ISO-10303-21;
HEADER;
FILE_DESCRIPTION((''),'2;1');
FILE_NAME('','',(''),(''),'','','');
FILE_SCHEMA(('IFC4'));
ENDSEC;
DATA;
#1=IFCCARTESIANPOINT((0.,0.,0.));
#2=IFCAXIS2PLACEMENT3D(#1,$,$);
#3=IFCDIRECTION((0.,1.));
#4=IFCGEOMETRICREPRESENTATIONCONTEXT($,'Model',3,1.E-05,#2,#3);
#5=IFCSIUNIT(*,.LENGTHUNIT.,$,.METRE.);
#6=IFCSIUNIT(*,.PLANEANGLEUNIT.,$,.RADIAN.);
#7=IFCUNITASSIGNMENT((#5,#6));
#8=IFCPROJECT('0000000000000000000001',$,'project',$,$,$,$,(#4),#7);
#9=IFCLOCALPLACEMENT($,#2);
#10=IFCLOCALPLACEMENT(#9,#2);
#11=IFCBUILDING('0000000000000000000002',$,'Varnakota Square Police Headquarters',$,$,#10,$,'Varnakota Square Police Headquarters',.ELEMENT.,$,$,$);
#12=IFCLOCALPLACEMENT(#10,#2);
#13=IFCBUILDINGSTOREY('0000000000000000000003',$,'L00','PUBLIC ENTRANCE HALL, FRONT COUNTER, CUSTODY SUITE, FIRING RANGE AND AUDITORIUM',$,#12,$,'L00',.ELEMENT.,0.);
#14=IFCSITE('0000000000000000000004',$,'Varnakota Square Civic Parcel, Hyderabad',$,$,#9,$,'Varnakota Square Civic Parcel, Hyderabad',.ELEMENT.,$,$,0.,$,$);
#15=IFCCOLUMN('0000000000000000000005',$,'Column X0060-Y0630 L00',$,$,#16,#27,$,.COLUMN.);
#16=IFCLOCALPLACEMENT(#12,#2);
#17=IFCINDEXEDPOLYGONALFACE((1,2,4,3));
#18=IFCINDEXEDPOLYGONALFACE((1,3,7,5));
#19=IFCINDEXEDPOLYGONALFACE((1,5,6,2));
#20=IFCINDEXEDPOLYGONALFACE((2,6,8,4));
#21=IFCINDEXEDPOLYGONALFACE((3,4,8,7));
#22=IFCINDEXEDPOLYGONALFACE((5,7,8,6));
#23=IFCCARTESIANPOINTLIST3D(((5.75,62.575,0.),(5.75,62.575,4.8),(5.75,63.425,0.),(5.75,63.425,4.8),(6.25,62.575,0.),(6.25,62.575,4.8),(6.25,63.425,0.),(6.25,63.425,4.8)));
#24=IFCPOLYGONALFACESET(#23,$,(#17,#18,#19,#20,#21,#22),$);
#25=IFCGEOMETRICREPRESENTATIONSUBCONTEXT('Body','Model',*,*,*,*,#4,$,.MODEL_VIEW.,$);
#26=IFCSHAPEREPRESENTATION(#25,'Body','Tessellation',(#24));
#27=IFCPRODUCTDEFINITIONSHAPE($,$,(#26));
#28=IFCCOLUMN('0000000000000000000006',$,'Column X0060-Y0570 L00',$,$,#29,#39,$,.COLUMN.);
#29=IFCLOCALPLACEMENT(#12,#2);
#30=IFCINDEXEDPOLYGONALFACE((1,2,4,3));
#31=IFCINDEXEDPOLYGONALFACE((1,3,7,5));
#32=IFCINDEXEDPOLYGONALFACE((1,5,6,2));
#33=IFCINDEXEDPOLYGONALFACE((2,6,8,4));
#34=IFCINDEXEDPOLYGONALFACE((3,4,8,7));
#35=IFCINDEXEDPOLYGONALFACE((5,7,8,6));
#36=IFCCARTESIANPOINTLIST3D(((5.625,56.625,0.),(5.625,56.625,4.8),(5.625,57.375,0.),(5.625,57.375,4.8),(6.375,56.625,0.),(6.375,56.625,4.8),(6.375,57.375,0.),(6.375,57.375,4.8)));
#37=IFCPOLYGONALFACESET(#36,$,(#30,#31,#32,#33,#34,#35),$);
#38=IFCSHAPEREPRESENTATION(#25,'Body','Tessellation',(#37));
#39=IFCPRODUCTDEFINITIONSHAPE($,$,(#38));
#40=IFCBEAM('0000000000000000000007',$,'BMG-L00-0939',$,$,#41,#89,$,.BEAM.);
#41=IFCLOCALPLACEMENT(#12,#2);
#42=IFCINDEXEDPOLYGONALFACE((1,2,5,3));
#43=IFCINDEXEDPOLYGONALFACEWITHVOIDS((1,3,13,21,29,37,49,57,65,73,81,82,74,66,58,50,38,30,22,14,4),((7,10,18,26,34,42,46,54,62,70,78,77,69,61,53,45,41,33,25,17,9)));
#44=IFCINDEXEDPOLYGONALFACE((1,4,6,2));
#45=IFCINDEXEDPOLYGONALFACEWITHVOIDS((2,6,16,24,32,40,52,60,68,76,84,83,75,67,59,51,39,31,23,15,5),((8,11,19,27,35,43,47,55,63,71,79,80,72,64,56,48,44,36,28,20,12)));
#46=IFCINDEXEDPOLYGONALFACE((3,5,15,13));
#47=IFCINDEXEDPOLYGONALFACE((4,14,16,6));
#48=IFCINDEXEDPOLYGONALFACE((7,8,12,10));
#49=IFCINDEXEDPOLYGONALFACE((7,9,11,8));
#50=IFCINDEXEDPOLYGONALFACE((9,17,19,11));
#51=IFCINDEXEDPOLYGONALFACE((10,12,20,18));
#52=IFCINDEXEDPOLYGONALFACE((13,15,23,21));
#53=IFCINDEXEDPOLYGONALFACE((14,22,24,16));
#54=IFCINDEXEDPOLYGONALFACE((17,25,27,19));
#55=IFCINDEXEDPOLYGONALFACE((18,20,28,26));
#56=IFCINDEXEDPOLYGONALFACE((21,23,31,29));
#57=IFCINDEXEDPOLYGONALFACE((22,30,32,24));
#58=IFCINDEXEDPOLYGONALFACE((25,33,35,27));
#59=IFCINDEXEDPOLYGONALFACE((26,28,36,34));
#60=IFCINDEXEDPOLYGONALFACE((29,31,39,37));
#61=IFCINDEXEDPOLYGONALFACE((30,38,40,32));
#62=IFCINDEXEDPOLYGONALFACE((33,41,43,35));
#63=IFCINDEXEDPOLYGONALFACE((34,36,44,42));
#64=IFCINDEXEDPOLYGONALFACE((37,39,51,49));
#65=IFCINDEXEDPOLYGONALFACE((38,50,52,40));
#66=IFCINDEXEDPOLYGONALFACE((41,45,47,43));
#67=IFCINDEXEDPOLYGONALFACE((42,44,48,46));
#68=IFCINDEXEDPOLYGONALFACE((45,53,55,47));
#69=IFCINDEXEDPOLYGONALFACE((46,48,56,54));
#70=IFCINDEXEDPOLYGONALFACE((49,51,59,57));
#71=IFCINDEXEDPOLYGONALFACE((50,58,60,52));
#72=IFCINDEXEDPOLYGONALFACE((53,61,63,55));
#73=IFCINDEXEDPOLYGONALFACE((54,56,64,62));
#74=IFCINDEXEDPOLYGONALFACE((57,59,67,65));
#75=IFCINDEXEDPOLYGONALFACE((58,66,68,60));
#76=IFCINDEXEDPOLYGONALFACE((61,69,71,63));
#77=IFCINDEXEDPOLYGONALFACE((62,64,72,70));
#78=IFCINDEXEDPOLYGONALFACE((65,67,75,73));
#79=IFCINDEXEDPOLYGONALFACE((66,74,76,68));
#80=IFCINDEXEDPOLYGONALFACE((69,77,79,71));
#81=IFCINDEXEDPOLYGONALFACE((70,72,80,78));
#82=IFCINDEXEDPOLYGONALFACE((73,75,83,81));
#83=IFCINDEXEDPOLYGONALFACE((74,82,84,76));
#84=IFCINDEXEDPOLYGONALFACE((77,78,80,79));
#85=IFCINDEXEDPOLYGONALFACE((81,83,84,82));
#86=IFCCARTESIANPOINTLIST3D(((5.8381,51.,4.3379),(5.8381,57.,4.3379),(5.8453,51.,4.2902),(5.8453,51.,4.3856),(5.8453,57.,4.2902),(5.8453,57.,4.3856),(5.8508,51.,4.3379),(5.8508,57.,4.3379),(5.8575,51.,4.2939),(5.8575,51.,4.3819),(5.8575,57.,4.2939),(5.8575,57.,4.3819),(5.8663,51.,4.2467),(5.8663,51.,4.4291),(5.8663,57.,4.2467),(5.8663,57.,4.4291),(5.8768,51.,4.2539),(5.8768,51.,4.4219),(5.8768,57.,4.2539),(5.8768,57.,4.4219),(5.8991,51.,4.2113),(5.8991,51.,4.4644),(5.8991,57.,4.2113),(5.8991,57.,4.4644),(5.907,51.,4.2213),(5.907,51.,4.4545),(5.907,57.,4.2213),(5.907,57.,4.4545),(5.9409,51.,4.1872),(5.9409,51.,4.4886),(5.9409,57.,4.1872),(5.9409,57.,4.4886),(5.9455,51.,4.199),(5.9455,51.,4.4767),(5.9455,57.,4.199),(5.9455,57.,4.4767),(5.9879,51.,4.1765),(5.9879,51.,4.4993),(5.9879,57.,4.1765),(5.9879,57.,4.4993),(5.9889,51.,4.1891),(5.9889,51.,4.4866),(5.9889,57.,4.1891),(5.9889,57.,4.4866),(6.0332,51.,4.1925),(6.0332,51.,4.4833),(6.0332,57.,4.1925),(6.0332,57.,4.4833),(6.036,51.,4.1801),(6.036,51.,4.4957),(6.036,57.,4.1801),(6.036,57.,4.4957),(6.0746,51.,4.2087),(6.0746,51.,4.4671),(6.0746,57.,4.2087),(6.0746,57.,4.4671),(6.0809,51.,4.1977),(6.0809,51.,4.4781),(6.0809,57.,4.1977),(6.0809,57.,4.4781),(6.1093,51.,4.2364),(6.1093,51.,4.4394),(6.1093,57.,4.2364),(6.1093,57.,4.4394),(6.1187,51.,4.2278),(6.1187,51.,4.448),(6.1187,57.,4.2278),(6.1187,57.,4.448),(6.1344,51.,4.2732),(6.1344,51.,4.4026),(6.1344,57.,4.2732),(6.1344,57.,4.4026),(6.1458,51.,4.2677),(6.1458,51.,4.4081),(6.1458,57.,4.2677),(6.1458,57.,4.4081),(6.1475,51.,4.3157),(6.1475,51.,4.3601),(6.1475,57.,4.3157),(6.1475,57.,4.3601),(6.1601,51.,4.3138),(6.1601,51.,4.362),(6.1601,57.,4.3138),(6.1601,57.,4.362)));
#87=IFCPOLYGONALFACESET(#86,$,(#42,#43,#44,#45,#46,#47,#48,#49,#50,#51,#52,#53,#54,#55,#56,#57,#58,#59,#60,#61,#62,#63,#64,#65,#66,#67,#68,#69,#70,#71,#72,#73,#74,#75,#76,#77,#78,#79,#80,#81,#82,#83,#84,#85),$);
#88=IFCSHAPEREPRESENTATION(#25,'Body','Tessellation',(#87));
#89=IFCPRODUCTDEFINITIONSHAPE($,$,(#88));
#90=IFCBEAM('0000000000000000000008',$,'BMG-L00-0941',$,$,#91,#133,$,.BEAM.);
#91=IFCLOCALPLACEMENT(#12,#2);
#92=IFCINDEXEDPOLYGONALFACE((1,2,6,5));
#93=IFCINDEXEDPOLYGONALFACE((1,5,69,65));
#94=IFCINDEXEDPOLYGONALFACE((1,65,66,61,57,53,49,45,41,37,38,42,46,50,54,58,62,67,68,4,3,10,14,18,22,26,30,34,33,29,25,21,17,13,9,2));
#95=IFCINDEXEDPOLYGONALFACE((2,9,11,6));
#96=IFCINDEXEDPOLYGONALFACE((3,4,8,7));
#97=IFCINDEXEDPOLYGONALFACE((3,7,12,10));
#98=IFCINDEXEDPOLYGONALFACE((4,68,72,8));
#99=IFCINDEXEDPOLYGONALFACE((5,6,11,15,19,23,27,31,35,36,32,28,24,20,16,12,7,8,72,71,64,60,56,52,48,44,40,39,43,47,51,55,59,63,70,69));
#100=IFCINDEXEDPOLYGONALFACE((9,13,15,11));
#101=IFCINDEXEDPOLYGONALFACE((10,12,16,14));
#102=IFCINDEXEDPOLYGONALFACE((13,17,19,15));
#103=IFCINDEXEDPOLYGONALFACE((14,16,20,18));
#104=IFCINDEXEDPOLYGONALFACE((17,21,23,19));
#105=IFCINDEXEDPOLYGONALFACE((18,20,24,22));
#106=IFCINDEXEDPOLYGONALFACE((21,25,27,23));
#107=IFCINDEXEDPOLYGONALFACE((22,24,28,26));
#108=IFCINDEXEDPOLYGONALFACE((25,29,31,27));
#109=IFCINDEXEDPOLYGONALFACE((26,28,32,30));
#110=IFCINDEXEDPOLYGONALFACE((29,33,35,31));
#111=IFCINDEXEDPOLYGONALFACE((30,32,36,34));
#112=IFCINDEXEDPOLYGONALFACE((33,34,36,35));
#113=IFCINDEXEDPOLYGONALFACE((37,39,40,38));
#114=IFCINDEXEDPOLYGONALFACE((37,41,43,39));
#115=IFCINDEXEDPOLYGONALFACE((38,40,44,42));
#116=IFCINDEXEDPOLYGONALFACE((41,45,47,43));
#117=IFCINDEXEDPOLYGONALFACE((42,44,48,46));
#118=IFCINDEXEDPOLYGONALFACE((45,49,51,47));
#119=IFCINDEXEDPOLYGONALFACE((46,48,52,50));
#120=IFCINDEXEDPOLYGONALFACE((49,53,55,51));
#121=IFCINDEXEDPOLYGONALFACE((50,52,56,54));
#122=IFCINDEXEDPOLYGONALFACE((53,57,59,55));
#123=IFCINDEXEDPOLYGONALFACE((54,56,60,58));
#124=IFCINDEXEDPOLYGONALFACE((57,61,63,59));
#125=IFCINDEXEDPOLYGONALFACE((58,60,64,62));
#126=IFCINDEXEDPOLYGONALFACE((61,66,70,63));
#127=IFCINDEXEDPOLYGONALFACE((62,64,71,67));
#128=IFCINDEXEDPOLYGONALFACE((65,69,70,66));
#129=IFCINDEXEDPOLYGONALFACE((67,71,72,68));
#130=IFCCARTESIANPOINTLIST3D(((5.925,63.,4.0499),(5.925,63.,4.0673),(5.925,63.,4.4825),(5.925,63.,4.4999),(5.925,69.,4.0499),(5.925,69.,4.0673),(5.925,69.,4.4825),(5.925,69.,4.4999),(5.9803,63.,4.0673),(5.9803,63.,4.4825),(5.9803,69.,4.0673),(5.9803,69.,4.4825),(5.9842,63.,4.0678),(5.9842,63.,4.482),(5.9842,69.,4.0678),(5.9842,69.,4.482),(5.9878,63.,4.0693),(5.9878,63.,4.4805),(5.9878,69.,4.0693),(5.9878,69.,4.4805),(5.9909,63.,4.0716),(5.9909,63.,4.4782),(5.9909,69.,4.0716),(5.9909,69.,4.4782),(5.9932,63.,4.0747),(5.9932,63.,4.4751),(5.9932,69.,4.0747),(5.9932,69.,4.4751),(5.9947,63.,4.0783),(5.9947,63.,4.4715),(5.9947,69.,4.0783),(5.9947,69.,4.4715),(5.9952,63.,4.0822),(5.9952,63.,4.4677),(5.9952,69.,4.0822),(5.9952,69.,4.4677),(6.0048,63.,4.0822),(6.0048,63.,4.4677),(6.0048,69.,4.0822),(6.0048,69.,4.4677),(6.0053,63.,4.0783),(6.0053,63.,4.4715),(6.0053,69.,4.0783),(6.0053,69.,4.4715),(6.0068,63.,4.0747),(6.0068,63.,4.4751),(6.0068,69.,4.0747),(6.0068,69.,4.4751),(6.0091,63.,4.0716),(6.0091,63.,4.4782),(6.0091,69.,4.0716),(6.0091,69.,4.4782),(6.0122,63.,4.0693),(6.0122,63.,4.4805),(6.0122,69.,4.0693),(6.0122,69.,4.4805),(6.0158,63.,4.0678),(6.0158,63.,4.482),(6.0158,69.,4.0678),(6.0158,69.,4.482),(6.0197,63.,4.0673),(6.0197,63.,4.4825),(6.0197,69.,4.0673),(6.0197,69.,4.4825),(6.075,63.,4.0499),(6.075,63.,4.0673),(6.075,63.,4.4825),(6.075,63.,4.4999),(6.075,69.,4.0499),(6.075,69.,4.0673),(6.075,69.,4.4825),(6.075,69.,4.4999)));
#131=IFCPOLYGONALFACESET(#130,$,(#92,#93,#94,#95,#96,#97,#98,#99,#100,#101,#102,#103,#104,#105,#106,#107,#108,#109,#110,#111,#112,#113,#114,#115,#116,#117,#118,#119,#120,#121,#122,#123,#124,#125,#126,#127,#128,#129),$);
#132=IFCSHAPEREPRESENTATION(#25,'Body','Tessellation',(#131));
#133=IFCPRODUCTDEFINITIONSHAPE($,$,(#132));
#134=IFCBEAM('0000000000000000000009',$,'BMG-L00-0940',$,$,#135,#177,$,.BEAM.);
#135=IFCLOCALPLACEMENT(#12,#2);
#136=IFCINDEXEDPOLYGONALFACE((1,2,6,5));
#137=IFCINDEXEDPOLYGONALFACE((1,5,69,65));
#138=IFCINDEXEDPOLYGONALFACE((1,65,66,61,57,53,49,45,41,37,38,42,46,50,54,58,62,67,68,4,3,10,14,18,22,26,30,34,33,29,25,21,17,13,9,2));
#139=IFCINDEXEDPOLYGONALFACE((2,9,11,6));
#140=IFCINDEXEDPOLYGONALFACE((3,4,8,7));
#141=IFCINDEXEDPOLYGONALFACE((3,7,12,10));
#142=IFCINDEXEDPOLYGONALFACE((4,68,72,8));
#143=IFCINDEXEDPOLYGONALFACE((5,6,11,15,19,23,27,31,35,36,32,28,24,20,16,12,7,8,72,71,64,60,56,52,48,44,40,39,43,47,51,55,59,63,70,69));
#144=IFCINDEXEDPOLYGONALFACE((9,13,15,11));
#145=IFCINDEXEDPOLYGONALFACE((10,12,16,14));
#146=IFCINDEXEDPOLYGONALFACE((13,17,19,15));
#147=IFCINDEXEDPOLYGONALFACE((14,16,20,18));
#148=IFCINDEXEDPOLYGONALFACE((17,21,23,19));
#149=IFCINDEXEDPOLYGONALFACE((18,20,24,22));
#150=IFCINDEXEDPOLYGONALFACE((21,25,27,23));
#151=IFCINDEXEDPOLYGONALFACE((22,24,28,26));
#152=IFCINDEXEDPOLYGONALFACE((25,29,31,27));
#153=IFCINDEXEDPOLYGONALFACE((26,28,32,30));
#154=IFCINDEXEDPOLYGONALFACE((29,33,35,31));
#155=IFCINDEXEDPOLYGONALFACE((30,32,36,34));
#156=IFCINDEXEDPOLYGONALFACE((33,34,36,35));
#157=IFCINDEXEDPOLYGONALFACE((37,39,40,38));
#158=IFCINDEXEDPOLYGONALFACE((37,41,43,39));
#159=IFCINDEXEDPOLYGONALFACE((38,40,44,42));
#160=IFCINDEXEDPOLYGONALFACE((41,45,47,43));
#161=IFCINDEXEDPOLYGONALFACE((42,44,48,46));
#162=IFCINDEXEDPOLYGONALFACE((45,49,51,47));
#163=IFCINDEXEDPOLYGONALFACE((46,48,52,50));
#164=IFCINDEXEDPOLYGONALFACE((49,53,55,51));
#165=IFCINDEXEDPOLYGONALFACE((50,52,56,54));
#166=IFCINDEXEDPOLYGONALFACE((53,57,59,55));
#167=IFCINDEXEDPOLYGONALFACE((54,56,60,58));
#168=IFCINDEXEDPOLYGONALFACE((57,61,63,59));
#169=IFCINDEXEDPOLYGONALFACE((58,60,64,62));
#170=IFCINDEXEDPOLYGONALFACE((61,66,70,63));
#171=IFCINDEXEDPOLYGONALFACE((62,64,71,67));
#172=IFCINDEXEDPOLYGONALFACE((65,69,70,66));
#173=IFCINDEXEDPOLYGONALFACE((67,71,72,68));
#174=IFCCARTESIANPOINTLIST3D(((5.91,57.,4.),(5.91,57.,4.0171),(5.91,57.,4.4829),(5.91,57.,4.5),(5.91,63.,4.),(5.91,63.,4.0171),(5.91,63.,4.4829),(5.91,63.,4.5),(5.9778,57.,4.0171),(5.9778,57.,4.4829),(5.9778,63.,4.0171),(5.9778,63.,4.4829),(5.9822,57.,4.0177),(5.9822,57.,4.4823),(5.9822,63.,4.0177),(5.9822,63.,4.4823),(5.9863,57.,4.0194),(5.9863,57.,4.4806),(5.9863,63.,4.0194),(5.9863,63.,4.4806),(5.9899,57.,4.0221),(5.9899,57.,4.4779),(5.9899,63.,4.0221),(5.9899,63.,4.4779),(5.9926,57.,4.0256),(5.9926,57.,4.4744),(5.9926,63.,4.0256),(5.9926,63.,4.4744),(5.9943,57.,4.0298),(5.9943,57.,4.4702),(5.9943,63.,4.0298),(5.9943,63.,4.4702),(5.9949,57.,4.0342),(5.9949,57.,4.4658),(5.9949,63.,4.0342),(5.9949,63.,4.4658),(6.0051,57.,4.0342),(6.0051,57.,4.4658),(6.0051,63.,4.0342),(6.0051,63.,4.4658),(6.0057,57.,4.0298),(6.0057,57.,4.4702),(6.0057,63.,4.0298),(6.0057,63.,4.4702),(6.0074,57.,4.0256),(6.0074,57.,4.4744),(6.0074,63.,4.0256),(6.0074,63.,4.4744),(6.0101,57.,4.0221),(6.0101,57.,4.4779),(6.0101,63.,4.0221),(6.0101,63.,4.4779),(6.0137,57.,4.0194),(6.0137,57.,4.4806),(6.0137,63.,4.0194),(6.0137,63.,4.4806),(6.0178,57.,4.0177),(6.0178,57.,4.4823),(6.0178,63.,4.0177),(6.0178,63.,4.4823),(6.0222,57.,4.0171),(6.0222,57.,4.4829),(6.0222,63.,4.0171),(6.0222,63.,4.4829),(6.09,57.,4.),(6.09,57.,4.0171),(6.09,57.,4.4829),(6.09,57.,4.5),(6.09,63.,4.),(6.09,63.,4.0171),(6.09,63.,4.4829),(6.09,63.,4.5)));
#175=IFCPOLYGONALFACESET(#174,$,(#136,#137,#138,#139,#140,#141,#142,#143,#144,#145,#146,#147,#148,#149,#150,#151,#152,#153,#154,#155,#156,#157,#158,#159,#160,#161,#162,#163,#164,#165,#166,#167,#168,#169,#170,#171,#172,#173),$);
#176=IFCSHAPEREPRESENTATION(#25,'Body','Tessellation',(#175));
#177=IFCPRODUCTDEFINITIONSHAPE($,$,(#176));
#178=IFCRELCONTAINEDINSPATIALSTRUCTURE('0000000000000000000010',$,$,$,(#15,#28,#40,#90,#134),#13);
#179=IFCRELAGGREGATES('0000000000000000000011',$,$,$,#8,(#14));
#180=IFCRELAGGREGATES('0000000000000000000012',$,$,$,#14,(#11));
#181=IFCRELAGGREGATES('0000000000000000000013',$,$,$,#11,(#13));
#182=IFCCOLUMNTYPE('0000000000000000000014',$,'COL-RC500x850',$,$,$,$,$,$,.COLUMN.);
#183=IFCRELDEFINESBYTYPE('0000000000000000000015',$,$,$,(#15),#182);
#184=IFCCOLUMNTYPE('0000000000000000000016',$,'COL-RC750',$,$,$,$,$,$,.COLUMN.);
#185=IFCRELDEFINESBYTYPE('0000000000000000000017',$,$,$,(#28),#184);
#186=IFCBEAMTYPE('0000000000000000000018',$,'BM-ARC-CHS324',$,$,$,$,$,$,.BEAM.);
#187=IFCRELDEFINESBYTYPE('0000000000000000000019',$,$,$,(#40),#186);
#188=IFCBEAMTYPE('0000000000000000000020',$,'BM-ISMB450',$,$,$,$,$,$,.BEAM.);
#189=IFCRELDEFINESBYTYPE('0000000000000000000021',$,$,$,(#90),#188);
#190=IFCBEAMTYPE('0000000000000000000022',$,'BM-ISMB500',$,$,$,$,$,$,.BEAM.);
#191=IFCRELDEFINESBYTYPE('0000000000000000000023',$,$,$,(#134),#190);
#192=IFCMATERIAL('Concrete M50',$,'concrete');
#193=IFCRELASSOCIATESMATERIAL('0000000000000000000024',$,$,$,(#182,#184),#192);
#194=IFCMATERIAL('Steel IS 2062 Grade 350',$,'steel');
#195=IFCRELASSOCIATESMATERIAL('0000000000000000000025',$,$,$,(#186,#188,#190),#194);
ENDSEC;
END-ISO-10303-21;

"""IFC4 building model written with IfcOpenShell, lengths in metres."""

from ifc_helpers import new_model, si_unit, direction, frame, origin, origin_2d, place, context, subcontext, project, spatial, rectangle, hollow_circle, i_section, extrude, material, material_profile, profile_set, type_object, element, save


model = new_model("IFC4")

# Units and contexts
model_context = context("Model", 3, precision=1e-05, world=origin(), true_north=direction((0.0, 1.0)))
body_context = subcontext(model_context, "Body", "Model", "MODEL_VIEW")
ifc_project = project(units=[si_unit("LENGTHUNIT", "METRE"), si_unit("PLANEANGLEUNIT", "RADIAN")], contexts=[model_context])

# Site, building, storey
site_placement = place(None, origin())
site = spatial("IfcSite", under=ifc_project, at=site_placement, Name="Varnakota Square Civic Parcel, Hyderabad", LongName="Varnakota Square Civic Parcel, Hyderabad", CompositionType="ELEMENT", RefElevation=0.0)
building_placement = place(site_placement, origin())
building = spatial("IfcBuilding", under=site, at=building_placement, Name="Varnakota Square Police Headquarters", LongName="Varnakota Square Police Headquarters", CompositionType="ELEMENT")
storey_placement = place(building_placement, origin())
storey = spatial("IfcBuildingStorey", under=building, at=storey_placement, Name="L00", Description="PUBLIC ENTRANCE HALL, FRONT COUNTER, CUSTODY SUITE, FIRING RANGE AND AUDITORIUM", LongName="L00", CompositionType="ELEMENT", Elevation=0.0)

# Columns
ifc_material_1 = material(Name="Concrete M50", Category="concrete")
ifc_material_profile_1 = material_profile(ifc_material_1, rectangle(XDim=0.5, YDim=0.8501, at=origin_2d()), Name="RC 500x850")
ifc_profile_set_1 = profile_set([ifc_material_profile_1], Name="Concrete M50")
column_type_1 = type_object("IfcColumnType", Name="COL-RC500x850", PredefinedType="COLUMN", material=ifc_profile_set_1)
column_1_placement = place(storey_placement, frame((6.0, 63.0, 0.0), z_axis=(0.0, 0.0, 1.0), x_axis=(1.0, 0.0, 0.0)))
element("IfcColumn", 1, at=column_1_placement, inside=storey, type_object=column_type_1, Name="Column X0060-Y0630 L00", PredefinedType="COLUMN", context=body_context, shape_type="SweptSolid", body=[
    extrude(rectangle(XDim=0.5, YDim=0.8501, at=origin_2d()), origin(), (0.0, 0.0, 1.0), 4.8),
])
ifc_material_profile_2 = material_profile(ifc_material_1, rectangle(XDim=0.75, YDim=0.75, at=origin_2d()), Name="RC 750x750")
ifc_profile_set_2 = profile_set([ifc_material_profile_2], Name="Concrete M50")
column_type_2 = type_object("IfcColumnType", Name="COL-RC750", PredefinedType="COLUMN", material=ifc_profile_set_2)
column_2_placement = place(storey_placement, frame((6.0, 57.0, 0.0), z_axis=(0.0, 0.0, 1.0), x_axis=(1.0, 0.0, 0.0)))
element("IfcColumn", 2, at=column_2_placement, inside=storey, type_object=column_type_2, Name="Column X0060-Y0570 L00", PredefinedType="COLUMN", context=body_context, shape_type="SweptSolid", body=[
    extrude(rectangle(XDim=0.75, YDim=0.75, at=origin_2d()), origin(), (0.0, 0.0, 1.0), 4.8),
])

# Beams
ifc_material_2 = material(Name="Steel IS 2062 Grade 350", Category="steel")
ifc_material_profile_3 = material_profile(ifc_material_2, hollow_circle(Radius=0.1619, WallThickness=0.0127, at=origin_2d()), Name="CHS 323.9x12.7")
ifc_profile_set_3 = profile_set([ifc_material_profile_3], Name="Steel IS 2062 Grade 350")
beam_type_1 = type_object("IfcBeamType", Name="BM-ARC-CHS324", PredefinedType="BEAM", material=ifc_profile_set_3)
beam_1_placement = place(storey_placement, frame((6.0, 51.0, 4.3379), z_axis=(0.0, 1.0, 0.0), x_axis=(-1.0, 0.0, 0.0)))
element("IfcBeam", 3, at=beam_1_placement, inside=storey, type_object=beam_type_1, Name="BMG-L00-0939", PredefinedType="BEAM", context=body_context, shape_type="SweptSolid", body=[
    extrude(hollow_circle(Radius=0.1619, WallThickness=0.0127, at=origin_2d()), origin(), (0.0, 0.0, 1.0), 6.0),
])
ifc_material_profile_4 = material_profile(ifc_material_2, i_section(OverallWidth=0.1499, OverallDepth=0.45, WebThickness=0.0095, FlangeThickness=0.0173, FilletRadius=0.0149, at=origin_2d()), Name="ISMB 450")
ifc_profile_set_4 = profile_set([ifc_material_profile_4], Name="Steel IS 2062 Grade 350")
beam_type_2 = type_object("IfcBeamType", Name="BM-ISMB450", PredefinedType="BEAM", material=ifc_profile_set_4)
beam_2_placement = place(storey_placement, frame((6.0, 63.0, 4.2749), z_axis=(0.0, 1.0, 0.0), x_axis=(-1.0, 0.0, 0.0)))
element("IfcBeam", 4, at=beam_2_placement, inside=storey, type_object=beam_type_2, Name="BMG-L00-0941", PredefinedType="BEAM", context=body_context, shape_type="SweptSolid", body=[
    extrude(i_section(OverallWidth=0.1499, OverallDepth=0.45, WebThickness=0.0095, FlangeThickness=0.0173, FilletRadius=0.0149, at=origin_2d()), origin(), (0.0, 0.0, 1.0), 6.0),
])
ifc_material_profile_5 = material_profile(ifc_material_2, i_section(OverallWidth=0.1799, OverallDepth=0.5, WebThickness=0.0103, FlangeThickness=0.0171, FilletRadius=0.0171, at=origin_2d()), Name="ISMB 500")
ifc_profile_set_5 = profile_set([ifc_material_profile_5], Name="Steel IS 2062 Grade 350")
beam_type_3 = type_object("IfcBeamType", Name="BM-ISMB500", PredefinedType="BEAM", material=ifc_profile_set_5)
beam_3_placement = place(storey_placement, frame((6.0, 57.0, 4.25), z_axis=(0.0, 1.0, 0.0), x_axis=(-1.0, 0.0, 0.0)))
element("IfcBeam", 5, at=beam_3_placement, inside=storey, type_object=beam_type_3, Name="BMG-L00-0940", PredefinedType="BEAM", context=body_context, shape_type="SweptSolid", body=[
    extrude(i_section(OverallWidth=0.1799, OverallDepth=0.5, WebThickness=0.0103, FlangeThickness=0.0171, FilletRadius=0.0171, at=origin_2d()), origin(), (0.0, 0.0, 1.0), 6.0),
])

save(model, "model.ifc")
